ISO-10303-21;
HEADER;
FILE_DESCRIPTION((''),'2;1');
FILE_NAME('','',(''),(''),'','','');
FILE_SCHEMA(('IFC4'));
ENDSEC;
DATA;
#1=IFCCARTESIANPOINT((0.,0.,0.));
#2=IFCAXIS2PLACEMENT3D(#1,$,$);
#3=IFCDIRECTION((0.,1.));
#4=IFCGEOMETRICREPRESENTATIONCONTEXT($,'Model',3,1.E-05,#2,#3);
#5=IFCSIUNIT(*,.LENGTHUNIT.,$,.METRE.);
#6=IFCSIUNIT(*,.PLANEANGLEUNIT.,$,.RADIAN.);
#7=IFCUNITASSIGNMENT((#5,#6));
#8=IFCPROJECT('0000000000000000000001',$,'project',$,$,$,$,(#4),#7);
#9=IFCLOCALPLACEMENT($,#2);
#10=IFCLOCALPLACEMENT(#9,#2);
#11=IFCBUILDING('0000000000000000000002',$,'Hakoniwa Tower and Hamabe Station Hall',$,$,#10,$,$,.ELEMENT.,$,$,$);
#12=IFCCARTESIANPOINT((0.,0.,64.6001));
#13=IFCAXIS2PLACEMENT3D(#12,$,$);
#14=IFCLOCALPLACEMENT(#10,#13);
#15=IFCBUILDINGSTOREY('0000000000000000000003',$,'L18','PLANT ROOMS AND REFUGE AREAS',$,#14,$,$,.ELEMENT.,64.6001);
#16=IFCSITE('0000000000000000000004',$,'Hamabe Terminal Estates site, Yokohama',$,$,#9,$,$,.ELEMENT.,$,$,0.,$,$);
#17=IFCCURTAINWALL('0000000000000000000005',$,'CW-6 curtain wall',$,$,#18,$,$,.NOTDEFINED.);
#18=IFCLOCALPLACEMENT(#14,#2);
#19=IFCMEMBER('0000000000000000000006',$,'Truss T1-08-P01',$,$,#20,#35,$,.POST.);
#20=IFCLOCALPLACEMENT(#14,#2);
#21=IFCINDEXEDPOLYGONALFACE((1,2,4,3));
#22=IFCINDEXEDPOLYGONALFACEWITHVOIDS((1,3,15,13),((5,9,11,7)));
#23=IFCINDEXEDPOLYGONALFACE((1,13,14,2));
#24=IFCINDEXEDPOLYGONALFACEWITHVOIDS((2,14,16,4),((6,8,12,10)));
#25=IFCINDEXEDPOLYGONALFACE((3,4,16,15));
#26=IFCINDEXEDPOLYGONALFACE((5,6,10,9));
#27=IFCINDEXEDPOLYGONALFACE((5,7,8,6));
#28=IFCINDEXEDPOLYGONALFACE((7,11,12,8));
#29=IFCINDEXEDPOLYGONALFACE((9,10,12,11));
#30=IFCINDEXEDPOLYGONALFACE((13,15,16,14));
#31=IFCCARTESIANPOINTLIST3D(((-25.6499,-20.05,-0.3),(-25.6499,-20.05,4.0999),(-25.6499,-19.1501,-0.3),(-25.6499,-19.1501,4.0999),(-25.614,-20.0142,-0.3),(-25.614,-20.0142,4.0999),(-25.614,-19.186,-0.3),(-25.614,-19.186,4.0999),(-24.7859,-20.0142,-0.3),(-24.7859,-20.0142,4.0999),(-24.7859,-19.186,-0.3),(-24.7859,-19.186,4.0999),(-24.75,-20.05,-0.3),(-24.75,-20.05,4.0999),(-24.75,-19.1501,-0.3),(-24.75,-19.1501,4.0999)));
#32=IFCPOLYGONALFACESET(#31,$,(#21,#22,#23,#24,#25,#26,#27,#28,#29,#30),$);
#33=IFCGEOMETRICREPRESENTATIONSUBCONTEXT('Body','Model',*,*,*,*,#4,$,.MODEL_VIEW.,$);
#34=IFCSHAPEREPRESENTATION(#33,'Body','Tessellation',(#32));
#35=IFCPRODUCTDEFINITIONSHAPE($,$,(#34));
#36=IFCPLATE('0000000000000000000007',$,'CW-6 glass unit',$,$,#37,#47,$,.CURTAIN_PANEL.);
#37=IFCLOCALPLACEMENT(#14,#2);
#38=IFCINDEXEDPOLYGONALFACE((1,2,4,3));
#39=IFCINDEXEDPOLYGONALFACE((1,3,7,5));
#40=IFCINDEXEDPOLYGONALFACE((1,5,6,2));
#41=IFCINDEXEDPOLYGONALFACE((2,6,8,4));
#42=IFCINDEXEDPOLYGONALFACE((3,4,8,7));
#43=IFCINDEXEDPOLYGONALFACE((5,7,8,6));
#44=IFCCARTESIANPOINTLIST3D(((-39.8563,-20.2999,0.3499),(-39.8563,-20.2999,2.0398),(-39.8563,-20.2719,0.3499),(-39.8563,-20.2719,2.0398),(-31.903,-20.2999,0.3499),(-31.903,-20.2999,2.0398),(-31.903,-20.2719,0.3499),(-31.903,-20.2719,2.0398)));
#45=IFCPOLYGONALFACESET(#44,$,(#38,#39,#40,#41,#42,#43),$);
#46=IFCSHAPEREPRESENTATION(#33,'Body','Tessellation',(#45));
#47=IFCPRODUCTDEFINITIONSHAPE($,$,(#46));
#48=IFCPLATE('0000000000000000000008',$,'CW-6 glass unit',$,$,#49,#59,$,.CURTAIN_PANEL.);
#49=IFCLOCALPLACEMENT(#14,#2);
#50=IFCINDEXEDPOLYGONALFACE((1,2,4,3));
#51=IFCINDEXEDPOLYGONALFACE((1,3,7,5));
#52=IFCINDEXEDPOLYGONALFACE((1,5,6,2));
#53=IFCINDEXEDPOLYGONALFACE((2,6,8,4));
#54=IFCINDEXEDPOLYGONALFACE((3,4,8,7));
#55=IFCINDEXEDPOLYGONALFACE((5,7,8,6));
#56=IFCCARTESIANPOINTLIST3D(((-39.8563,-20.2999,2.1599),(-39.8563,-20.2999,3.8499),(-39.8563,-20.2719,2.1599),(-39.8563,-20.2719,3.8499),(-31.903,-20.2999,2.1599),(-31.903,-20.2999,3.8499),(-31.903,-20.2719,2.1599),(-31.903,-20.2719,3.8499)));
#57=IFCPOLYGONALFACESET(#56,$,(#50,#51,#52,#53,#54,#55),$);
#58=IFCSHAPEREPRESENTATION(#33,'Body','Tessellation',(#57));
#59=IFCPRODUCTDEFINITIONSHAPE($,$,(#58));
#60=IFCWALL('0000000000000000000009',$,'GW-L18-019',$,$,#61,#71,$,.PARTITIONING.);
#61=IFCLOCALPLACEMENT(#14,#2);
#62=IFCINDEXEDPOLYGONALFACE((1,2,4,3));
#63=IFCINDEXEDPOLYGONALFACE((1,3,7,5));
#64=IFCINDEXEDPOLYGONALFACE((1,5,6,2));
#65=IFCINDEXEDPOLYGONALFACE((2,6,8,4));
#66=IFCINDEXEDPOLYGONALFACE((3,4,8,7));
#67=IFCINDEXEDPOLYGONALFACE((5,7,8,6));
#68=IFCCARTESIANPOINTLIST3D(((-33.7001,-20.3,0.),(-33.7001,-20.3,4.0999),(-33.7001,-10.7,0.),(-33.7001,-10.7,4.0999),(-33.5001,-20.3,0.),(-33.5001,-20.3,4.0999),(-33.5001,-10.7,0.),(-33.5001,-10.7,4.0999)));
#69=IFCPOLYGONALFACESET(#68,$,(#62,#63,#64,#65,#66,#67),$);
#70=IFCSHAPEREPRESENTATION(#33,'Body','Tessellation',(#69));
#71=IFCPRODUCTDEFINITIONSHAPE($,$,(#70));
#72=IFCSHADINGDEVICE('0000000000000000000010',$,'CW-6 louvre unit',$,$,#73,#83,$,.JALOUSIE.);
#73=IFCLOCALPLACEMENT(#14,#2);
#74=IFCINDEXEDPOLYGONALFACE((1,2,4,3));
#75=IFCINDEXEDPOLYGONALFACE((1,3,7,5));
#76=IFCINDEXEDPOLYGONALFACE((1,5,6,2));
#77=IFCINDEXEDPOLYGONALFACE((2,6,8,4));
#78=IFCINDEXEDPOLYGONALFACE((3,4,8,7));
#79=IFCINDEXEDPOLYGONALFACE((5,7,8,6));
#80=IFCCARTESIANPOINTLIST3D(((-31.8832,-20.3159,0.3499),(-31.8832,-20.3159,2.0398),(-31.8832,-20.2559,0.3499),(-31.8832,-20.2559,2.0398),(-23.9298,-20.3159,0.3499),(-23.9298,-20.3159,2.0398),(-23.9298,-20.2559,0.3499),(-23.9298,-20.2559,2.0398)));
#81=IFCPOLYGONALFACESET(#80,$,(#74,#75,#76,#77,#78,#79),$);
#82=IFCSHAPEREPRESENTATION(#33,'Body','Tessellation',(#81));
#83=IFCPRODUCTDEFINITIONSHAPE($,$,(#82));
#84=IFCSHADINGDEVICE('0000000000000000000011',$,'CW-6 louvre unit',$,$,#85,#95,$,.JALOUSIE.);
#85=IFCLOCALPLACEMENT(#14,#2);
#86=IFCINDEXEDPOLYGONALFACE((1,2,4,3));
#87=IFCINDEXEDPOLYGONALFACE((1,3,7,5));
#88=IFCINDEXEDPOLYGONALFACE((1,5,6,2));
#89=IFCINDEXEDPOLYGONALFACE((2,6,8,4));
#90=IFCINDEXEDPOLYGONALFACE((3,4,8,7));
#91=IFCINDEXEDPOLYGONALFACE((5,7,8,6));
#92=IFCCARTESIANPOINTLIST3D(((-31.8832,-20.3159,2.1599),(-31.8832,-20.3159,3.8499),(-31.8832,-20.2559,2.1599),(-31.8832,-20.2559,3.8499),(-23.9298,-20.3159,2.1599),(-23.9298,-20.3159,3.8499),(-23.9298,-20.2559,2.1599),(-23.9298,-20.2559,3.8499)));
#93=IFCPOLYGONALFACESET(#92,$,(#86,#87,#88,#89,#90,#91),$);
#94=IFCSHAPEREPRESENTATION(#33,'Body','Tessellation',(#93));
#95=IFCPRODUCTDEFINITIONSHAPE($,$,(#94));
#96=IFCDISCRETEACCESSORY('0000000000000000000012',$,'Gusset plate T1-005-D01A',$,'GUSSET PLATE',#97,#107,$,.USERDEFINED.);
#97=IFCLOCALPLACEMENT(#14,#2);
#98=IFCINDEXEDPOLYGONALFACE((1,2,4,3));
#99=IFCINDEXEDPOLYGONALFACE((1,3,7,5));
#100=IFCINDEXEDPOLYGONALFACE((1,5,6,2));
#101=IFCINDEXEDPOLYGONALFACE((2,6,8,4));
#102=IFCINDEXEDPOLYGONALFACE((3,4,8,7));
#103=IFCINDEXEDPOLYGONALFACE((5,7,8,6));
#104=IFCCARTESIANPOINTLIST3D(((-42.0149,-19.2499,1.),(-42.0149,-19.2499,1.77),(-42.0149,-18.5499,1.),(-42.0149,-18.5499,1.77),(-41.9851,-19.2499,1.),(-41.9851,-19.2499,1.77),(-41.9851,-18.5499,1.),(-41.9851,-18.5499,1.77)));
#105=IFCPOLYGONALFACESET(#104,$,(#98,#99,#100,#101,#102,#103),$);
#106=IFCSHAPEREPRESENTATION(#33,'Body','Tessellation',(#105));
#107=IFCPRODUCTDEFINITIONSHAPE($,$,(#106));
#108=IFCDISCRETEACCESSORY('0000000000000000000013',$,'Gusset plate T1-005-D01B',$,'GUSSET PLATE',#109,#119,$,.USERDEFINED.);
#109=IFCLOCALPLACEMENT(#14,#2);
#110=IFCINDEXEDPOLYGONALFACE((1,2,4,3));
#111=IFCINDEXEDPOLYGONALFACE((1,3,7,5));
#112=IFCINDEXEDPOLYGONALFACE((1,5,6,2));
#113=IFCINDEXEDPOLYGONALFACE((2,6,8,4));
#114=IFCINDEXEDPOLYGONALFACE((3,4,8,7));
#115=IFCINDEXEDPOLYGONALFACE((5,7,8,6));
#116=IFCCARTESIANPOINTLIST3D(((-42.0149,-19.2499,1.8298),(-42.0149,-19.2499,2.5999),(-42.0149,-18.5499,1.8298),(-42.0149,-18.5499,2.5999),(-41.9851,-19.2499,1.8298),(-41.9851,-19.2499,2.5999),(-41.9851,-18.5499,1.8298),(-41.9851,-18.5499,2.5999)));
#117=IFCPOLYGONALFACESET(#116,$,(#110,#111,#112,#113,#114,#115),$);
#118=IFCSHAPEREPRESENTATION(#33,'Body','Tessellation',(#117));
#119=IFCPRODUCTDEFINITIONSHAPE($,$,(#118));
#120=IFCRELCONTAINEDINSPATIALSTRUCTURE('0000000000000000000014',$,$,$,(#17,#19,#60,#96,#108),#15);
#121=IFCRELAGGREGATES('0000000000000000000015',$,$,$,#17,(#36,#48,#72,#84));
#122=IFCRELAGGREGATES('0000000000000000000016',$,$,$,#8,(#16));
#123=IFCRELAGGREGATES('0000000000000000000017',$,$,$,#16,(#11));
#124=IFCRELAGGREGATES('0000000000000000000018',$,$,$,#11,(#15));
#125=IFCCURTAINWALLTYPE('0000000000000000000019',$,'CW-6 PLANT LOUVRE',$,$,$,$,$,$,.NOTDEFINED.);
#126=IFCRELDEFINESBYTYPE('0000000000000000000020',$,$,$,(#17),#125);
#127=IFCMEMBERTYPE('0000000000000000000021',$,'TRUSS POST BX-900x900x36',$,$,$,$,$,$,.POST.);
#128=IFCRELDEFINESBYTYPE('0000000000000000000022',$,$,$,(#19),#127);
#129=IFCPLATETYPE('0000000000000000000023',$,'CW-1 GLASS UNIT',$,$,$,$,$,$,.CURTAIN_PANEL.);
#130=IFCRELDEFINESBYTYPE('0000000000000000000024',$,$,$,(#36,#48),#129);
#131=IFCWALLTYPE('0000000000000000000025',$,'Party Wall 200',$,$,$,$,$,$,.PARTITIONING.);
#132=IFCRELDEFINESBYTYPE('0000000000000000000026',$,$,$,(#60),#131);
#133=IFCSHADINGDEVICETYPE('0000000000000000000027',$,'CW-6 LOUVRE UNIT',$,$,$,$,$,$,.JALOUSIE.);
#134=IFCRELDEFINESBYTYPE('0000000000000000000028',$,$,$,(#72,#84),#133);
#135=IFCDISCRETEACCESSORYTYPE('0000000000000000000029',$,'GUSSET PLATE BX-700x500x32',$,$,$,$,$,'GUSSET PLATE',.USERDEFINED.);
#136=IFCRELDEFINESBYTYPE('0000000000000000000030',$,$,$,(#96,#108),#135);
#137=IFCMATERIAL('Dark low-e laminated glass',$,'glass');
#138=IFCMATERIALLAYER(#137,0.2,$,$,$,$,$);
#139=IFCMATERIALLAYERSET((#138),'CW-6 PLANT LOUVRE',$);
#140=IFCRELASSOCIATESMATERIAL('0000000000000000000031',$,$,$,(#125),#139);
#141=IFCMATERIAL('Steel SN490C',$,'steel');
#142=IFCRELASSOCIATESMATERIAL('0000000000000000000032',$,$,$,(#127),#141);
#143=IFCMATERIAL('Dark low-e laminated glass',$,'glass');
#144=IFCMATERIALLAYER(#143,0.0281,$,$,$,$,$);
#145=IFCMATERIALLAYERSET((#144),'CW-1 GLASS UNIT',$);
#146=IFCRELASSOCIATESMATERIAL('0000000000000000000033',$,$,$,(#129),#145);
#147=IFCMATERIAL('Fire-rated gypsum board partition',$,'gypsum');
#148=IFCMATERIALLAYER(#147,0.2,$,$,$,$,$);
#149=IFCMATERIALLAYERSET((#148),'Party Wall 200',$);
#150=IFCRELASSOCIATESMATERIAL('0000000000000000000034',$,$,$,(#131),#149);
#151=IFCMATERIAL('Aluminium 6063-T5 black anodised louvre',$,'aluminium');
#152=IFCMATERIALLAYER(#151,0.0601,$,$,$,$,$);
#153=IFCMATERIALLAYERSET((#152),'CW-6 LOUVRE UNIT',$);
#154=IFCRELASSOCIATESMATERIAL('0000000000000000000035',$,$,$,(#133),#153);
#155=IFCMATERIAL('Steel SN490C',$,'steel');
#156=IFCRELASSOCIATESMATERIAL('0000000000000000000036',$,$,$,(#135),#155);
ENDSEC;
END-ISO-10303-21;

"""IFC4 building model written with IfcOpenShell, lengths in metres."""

from ifc_helpers import new_model, si_unit, direction, frame, frame_2d, origin, origin_2d, place, context, subcontext, project, spatial, rectangle, hollow_rectangle, extrude, material, layer, layer_set, material_profile, profile_set, type_object, element, aggregate, save


model = new_model("IFC4")

# Units and contexts
model_context = context("Model", 3, precision=1e-05, world=origin(), true_north=direction((0.0, 1.0)))
body_context = subcontext(model_context, "Body", "Model", "MODEL_VIEW")
ifc_project = project(units=[si_unit("LENGTHUNIT", "METRE"), si_unit("PLANEANGLEUNIT", "RADIAN")], contexts=[model_context])

# Site, building, storey
site_placement = place(None, origin())
site = spatial("IfcSite", under=ifc_project, at=site_placement, Name="Hamabe Terminal Estates site, Yokohama", CompositionType="ELEMENT", RefElevation=0.0)
building_placement = place(site_placement, origin())
building = spatial("IfcBuilding", under=site, at=building_placement, Name="Hakoniwa Tower and Hamabe Station Hall", CompositionType="ELEMENT")
storey_placement = place(building_placement, frame((0.0, 0.0, 64.6001)))
storey = spatial("IfcBuildingStorey", under=building, at=storey_placement, Name="L18", Description="PLANT ROOMS AND REFUGE AREAS", CompositionType="ELEMENT", Elevation=64.6001)

# Curtain wall
ifc_material_1 = material(Name="Dark low-e laminated glass", Category="glass")
ifc_layer_1 = layer(ifc_material_1, 0.2)
ifc_layer_set_1 = layer_set([ifc_layer_1], Name="CW-6 PLANT LOUVRE")
curtain_wall_type = type_object("IfcCurtainWallType", Name="CW-6 PLANT LOUVRE", PredefinedType="NOTDEFINED", material=ifc_layer_set_1)
curtain_wall_placement = place(storey_placement, origin())
curtain_wall = element("IfcCurtainWall", 1, at=curtain_wall_placement, inside=storey, type_object=curtain_wall_type, Name="CW-6 curtain wall", PredefinedType="NOTDEFINED")

# Member
ifc_material_2 = material(Name="Steel SN490C", Category="steel")
ifc_material_profile_1 = material_profile(ifc_material_2, hollow_rectangle(XDim=0.8999, YDim=0.8999, WallThickness=0.0359, at=origin_2d()), Name="BX-900x900x36")
ifc_profile_set_1 = profile_set([ifc_material_profile_1], Name="Steel SN490C")
member_type_1 = type_object("IfcMemberType", Name="TRUSS POST BX-900x900x36", PredefinedType="POST", material=ifc_profile_set_1)
for number, where, z_axis, x_axis, name in (
    (2, (-25.2, -19.6001, -0.3), (0.0, 0.0, 1.0), (1.0, 0.0, 0.0), "Truss T1-08-P01"),
):
    element("IfcMember", number, at=place(storey_placement, frame(where, z_axis=z_axis, x_axis=x_axis)), inside=storey, type_object=member_type_1, Name=name, PredefinedType="POST", context=body_context, shape_type="SweptSolid", body=[
        extrude(hollow_rectangle(XDim=0.8999, YDim=0.8999, WallThickness=0.0359, at=origin_2d()), origin(), (0.0, 0.0, 1.0), 4.3999),
    ])

# Plates
ifc_material_3 = material(Name="Dark low-e laminated glass", Category="glass")
ifc_layer_2 = layer(ifc_material_3, 0.0281)
ifc_layer_set_2 = layer_set([ifc_layer_2], Name="CW-1 GLASS UNIT")
plate_type = type_object("IfcPlateType", Name="CW-1 GLASS UNIT", PredefinedType="CURTAIN_PANEL", material=ifc_layer_set_2)
plate_1_placement = place(storey_placement, frame((-35.8796, -20.2859, 0.3499), z_axis=(0.0, 0.0, 1.0), x_axis=(1.0, 0.0, 0.0)))
plate_1 = element("IfcPlate", 3, at=plate_1_placement, type_object=plate_type, Name="CW-6 glass unit", PredefinedType="CURTAIN_PANEL", context=body_context, shape_type="SweptSolid", body=[
    extrude(rectangle(XDim=7.9534, YDim=0.0281, at=origin_2d()), origin(), (0.0, 0.0, 1.0), 1.6899),
])
plate_2_placement = place(storey_placement, frame((-35.8796, -20.2859, 2.1599), z_axis=(0.0, 0.0, 1.0), x_axis=(1.0, 0.0, 0.0)))
plate_2 = element("IfcPlate", 4, at=plate_2_placement, type_object=plate_type, Name="CW-6 glass unit", PredefinedType="CURTAIN_PANEL", context=body_context, shape_type="SweptSolid", body=[
    extrude(rectangle(XDim=7.9534, YDim=0.0281, at=origin_2d()), origin(), (0.0, 0.0, 1.0), 1.6899),
])

# Wall
ifc_material_4 = material(Name="Fire-rated gypsum board partition", Category="gypsum")
ifc_layer_3 = layer(ifc_material_4, 0.2)
ifc_layer_set_3 = layer_set([ifc_layer_3], Name="Party Wall 200")
wall_type = type_object("IfcWallType", Name="Party Wall 200", PredefinedType="PARTITIONING", material=ifc_layer_set_3)
wall_placement = place(storey_placement, frame((-33.6001, -20.3, 0.0), z_axis=(0.0, 0.0, 1.0), x_axis=(0.0, 1.0, 0.0)))
element("IfcWall", 5, at=wall_placement, inside=storey, type_object=wall_type, Name="GW-L18-019", PredefinedType="PARTITIONING", context=body_context, shape_type="SweptSolid", body=[
    extrude(rectangle(XDim=9.6001, YDim=0.2, at=frame_2d((4.8, 0.0))), origin(), (0.0, 0.0, 1.0), 4.0999),
])

# Shading devices
ifc_material_5 = material(Name="Aluminium 6063-T5 black anodised louvre", Category="aluminium")
ifc_layer_4 = layer(ifc_material_5, 0.0601)
ifc_layer_set_4 = layer_set([ifc_layer_4], Name="CW-6 LOUVRE UNIT")
shading_device_type = type_object("IfcShadingDeviceType", Name="CW-6 LOUVRE UNIT", PredefinedType="JALOUSIE", material=ifc_layer_set_4)
shading_device_1_placement = place(storey_placement, frame((-27.9065, -20.2859, 0.3499), z_axis=(0.0, 0.0, 1.0), x_axis=(1.0, 0.0, 0.0)))
shading_device_1 = element("IfcShadingDevice", 6, at=shading_device_1_placement, type_object=shading_device_type, Name="CW-6 louvre unit", PredefinedType="JALOUSIE", context=body_context, shape_type="SweptSolid", body=[
    extrude(rectangle(XDim=7.9534, YDim=0.0601, at=origin_2d()), origin(), (0.0, 0.0, 1.0), 1.6899),
])
shading_device_2_placement = place(storey_placement, frame((-27.9065, -20.2859, 2.1599), z_axis=(0.0, 0.0, 1.0), x_axis=(1.0, 0.0, 0.0)))
shading_device_2 = element("IfcShadingDevice", 7, at=shading_device_2_placement, type_object=shading_device_type, Name="CW-6 louvre unit", PredefinedType="JALOUSIE", context=body_context, shape_type="SweptSolid", body=[
    extrude(rectangle(XDim=7.9534, YDim=0.0601, at=origin_2d()), origin(), (0.0, 0.0, 1.0), 1.6899),
])
aggregate(curtain_wall, [plate_1, plate_2, shading_device_1, shading_device_2])

# Discrete accessories
ifc_material_6 = material(Name="Steel SN490C", Category="steel")
ifc_material_profile_2 = material_profile(ifc_material_6, rectangle(XDim=0.7, YDim=0.77, at=origin_2d()), Name="GUSSET PLATE BX-700x500x32")
ifc_profile_set_2 = profile_set([ifc_material_profile_2], Name="Steel SN490C")
discrete_accessory_type = type_object("IfcDiscreteAccessoryType", Name="GUSSET PLATE BX-700x500x32", ElementType="GUSSET PLATE", PredefinedType="USERDEFINED", material=ifc_profile_set_2)
for number, where, z_axis, x_axis, name in (
    (8, (-41.9851, -18.8999, 1.385), (-1.0, 0.0, 0.0), (0.0, -1.0, 0.0), "Gusset plate T1-005-D01A"),
    (9, (-41.9851, -18.8999, 2.2148), (-1.0, 0.0, 0.0), (0.0, -1.0, 0.0), "Gusset plate T1-005-D01B"),
):
    element("IfcDiscreteAccessory", number, at=place(storey_placement, frame(where, z_axis=z_axis, x_axis=x_axis)), inside=storey, type_object=discrete_accessory_type, Name=name, ObjectType="GUSSET PLATE", PredefinedType="USERDEFINED", context=body_context, shape_type="SweptSolid", body=[
        extrude(rectangle(XDim=0.7, YDim=0.77, at=origin_2d()), origin(), (0.0, 0.0, 1.0), 0.0298),
    ])

save(model, "model.ifc")
